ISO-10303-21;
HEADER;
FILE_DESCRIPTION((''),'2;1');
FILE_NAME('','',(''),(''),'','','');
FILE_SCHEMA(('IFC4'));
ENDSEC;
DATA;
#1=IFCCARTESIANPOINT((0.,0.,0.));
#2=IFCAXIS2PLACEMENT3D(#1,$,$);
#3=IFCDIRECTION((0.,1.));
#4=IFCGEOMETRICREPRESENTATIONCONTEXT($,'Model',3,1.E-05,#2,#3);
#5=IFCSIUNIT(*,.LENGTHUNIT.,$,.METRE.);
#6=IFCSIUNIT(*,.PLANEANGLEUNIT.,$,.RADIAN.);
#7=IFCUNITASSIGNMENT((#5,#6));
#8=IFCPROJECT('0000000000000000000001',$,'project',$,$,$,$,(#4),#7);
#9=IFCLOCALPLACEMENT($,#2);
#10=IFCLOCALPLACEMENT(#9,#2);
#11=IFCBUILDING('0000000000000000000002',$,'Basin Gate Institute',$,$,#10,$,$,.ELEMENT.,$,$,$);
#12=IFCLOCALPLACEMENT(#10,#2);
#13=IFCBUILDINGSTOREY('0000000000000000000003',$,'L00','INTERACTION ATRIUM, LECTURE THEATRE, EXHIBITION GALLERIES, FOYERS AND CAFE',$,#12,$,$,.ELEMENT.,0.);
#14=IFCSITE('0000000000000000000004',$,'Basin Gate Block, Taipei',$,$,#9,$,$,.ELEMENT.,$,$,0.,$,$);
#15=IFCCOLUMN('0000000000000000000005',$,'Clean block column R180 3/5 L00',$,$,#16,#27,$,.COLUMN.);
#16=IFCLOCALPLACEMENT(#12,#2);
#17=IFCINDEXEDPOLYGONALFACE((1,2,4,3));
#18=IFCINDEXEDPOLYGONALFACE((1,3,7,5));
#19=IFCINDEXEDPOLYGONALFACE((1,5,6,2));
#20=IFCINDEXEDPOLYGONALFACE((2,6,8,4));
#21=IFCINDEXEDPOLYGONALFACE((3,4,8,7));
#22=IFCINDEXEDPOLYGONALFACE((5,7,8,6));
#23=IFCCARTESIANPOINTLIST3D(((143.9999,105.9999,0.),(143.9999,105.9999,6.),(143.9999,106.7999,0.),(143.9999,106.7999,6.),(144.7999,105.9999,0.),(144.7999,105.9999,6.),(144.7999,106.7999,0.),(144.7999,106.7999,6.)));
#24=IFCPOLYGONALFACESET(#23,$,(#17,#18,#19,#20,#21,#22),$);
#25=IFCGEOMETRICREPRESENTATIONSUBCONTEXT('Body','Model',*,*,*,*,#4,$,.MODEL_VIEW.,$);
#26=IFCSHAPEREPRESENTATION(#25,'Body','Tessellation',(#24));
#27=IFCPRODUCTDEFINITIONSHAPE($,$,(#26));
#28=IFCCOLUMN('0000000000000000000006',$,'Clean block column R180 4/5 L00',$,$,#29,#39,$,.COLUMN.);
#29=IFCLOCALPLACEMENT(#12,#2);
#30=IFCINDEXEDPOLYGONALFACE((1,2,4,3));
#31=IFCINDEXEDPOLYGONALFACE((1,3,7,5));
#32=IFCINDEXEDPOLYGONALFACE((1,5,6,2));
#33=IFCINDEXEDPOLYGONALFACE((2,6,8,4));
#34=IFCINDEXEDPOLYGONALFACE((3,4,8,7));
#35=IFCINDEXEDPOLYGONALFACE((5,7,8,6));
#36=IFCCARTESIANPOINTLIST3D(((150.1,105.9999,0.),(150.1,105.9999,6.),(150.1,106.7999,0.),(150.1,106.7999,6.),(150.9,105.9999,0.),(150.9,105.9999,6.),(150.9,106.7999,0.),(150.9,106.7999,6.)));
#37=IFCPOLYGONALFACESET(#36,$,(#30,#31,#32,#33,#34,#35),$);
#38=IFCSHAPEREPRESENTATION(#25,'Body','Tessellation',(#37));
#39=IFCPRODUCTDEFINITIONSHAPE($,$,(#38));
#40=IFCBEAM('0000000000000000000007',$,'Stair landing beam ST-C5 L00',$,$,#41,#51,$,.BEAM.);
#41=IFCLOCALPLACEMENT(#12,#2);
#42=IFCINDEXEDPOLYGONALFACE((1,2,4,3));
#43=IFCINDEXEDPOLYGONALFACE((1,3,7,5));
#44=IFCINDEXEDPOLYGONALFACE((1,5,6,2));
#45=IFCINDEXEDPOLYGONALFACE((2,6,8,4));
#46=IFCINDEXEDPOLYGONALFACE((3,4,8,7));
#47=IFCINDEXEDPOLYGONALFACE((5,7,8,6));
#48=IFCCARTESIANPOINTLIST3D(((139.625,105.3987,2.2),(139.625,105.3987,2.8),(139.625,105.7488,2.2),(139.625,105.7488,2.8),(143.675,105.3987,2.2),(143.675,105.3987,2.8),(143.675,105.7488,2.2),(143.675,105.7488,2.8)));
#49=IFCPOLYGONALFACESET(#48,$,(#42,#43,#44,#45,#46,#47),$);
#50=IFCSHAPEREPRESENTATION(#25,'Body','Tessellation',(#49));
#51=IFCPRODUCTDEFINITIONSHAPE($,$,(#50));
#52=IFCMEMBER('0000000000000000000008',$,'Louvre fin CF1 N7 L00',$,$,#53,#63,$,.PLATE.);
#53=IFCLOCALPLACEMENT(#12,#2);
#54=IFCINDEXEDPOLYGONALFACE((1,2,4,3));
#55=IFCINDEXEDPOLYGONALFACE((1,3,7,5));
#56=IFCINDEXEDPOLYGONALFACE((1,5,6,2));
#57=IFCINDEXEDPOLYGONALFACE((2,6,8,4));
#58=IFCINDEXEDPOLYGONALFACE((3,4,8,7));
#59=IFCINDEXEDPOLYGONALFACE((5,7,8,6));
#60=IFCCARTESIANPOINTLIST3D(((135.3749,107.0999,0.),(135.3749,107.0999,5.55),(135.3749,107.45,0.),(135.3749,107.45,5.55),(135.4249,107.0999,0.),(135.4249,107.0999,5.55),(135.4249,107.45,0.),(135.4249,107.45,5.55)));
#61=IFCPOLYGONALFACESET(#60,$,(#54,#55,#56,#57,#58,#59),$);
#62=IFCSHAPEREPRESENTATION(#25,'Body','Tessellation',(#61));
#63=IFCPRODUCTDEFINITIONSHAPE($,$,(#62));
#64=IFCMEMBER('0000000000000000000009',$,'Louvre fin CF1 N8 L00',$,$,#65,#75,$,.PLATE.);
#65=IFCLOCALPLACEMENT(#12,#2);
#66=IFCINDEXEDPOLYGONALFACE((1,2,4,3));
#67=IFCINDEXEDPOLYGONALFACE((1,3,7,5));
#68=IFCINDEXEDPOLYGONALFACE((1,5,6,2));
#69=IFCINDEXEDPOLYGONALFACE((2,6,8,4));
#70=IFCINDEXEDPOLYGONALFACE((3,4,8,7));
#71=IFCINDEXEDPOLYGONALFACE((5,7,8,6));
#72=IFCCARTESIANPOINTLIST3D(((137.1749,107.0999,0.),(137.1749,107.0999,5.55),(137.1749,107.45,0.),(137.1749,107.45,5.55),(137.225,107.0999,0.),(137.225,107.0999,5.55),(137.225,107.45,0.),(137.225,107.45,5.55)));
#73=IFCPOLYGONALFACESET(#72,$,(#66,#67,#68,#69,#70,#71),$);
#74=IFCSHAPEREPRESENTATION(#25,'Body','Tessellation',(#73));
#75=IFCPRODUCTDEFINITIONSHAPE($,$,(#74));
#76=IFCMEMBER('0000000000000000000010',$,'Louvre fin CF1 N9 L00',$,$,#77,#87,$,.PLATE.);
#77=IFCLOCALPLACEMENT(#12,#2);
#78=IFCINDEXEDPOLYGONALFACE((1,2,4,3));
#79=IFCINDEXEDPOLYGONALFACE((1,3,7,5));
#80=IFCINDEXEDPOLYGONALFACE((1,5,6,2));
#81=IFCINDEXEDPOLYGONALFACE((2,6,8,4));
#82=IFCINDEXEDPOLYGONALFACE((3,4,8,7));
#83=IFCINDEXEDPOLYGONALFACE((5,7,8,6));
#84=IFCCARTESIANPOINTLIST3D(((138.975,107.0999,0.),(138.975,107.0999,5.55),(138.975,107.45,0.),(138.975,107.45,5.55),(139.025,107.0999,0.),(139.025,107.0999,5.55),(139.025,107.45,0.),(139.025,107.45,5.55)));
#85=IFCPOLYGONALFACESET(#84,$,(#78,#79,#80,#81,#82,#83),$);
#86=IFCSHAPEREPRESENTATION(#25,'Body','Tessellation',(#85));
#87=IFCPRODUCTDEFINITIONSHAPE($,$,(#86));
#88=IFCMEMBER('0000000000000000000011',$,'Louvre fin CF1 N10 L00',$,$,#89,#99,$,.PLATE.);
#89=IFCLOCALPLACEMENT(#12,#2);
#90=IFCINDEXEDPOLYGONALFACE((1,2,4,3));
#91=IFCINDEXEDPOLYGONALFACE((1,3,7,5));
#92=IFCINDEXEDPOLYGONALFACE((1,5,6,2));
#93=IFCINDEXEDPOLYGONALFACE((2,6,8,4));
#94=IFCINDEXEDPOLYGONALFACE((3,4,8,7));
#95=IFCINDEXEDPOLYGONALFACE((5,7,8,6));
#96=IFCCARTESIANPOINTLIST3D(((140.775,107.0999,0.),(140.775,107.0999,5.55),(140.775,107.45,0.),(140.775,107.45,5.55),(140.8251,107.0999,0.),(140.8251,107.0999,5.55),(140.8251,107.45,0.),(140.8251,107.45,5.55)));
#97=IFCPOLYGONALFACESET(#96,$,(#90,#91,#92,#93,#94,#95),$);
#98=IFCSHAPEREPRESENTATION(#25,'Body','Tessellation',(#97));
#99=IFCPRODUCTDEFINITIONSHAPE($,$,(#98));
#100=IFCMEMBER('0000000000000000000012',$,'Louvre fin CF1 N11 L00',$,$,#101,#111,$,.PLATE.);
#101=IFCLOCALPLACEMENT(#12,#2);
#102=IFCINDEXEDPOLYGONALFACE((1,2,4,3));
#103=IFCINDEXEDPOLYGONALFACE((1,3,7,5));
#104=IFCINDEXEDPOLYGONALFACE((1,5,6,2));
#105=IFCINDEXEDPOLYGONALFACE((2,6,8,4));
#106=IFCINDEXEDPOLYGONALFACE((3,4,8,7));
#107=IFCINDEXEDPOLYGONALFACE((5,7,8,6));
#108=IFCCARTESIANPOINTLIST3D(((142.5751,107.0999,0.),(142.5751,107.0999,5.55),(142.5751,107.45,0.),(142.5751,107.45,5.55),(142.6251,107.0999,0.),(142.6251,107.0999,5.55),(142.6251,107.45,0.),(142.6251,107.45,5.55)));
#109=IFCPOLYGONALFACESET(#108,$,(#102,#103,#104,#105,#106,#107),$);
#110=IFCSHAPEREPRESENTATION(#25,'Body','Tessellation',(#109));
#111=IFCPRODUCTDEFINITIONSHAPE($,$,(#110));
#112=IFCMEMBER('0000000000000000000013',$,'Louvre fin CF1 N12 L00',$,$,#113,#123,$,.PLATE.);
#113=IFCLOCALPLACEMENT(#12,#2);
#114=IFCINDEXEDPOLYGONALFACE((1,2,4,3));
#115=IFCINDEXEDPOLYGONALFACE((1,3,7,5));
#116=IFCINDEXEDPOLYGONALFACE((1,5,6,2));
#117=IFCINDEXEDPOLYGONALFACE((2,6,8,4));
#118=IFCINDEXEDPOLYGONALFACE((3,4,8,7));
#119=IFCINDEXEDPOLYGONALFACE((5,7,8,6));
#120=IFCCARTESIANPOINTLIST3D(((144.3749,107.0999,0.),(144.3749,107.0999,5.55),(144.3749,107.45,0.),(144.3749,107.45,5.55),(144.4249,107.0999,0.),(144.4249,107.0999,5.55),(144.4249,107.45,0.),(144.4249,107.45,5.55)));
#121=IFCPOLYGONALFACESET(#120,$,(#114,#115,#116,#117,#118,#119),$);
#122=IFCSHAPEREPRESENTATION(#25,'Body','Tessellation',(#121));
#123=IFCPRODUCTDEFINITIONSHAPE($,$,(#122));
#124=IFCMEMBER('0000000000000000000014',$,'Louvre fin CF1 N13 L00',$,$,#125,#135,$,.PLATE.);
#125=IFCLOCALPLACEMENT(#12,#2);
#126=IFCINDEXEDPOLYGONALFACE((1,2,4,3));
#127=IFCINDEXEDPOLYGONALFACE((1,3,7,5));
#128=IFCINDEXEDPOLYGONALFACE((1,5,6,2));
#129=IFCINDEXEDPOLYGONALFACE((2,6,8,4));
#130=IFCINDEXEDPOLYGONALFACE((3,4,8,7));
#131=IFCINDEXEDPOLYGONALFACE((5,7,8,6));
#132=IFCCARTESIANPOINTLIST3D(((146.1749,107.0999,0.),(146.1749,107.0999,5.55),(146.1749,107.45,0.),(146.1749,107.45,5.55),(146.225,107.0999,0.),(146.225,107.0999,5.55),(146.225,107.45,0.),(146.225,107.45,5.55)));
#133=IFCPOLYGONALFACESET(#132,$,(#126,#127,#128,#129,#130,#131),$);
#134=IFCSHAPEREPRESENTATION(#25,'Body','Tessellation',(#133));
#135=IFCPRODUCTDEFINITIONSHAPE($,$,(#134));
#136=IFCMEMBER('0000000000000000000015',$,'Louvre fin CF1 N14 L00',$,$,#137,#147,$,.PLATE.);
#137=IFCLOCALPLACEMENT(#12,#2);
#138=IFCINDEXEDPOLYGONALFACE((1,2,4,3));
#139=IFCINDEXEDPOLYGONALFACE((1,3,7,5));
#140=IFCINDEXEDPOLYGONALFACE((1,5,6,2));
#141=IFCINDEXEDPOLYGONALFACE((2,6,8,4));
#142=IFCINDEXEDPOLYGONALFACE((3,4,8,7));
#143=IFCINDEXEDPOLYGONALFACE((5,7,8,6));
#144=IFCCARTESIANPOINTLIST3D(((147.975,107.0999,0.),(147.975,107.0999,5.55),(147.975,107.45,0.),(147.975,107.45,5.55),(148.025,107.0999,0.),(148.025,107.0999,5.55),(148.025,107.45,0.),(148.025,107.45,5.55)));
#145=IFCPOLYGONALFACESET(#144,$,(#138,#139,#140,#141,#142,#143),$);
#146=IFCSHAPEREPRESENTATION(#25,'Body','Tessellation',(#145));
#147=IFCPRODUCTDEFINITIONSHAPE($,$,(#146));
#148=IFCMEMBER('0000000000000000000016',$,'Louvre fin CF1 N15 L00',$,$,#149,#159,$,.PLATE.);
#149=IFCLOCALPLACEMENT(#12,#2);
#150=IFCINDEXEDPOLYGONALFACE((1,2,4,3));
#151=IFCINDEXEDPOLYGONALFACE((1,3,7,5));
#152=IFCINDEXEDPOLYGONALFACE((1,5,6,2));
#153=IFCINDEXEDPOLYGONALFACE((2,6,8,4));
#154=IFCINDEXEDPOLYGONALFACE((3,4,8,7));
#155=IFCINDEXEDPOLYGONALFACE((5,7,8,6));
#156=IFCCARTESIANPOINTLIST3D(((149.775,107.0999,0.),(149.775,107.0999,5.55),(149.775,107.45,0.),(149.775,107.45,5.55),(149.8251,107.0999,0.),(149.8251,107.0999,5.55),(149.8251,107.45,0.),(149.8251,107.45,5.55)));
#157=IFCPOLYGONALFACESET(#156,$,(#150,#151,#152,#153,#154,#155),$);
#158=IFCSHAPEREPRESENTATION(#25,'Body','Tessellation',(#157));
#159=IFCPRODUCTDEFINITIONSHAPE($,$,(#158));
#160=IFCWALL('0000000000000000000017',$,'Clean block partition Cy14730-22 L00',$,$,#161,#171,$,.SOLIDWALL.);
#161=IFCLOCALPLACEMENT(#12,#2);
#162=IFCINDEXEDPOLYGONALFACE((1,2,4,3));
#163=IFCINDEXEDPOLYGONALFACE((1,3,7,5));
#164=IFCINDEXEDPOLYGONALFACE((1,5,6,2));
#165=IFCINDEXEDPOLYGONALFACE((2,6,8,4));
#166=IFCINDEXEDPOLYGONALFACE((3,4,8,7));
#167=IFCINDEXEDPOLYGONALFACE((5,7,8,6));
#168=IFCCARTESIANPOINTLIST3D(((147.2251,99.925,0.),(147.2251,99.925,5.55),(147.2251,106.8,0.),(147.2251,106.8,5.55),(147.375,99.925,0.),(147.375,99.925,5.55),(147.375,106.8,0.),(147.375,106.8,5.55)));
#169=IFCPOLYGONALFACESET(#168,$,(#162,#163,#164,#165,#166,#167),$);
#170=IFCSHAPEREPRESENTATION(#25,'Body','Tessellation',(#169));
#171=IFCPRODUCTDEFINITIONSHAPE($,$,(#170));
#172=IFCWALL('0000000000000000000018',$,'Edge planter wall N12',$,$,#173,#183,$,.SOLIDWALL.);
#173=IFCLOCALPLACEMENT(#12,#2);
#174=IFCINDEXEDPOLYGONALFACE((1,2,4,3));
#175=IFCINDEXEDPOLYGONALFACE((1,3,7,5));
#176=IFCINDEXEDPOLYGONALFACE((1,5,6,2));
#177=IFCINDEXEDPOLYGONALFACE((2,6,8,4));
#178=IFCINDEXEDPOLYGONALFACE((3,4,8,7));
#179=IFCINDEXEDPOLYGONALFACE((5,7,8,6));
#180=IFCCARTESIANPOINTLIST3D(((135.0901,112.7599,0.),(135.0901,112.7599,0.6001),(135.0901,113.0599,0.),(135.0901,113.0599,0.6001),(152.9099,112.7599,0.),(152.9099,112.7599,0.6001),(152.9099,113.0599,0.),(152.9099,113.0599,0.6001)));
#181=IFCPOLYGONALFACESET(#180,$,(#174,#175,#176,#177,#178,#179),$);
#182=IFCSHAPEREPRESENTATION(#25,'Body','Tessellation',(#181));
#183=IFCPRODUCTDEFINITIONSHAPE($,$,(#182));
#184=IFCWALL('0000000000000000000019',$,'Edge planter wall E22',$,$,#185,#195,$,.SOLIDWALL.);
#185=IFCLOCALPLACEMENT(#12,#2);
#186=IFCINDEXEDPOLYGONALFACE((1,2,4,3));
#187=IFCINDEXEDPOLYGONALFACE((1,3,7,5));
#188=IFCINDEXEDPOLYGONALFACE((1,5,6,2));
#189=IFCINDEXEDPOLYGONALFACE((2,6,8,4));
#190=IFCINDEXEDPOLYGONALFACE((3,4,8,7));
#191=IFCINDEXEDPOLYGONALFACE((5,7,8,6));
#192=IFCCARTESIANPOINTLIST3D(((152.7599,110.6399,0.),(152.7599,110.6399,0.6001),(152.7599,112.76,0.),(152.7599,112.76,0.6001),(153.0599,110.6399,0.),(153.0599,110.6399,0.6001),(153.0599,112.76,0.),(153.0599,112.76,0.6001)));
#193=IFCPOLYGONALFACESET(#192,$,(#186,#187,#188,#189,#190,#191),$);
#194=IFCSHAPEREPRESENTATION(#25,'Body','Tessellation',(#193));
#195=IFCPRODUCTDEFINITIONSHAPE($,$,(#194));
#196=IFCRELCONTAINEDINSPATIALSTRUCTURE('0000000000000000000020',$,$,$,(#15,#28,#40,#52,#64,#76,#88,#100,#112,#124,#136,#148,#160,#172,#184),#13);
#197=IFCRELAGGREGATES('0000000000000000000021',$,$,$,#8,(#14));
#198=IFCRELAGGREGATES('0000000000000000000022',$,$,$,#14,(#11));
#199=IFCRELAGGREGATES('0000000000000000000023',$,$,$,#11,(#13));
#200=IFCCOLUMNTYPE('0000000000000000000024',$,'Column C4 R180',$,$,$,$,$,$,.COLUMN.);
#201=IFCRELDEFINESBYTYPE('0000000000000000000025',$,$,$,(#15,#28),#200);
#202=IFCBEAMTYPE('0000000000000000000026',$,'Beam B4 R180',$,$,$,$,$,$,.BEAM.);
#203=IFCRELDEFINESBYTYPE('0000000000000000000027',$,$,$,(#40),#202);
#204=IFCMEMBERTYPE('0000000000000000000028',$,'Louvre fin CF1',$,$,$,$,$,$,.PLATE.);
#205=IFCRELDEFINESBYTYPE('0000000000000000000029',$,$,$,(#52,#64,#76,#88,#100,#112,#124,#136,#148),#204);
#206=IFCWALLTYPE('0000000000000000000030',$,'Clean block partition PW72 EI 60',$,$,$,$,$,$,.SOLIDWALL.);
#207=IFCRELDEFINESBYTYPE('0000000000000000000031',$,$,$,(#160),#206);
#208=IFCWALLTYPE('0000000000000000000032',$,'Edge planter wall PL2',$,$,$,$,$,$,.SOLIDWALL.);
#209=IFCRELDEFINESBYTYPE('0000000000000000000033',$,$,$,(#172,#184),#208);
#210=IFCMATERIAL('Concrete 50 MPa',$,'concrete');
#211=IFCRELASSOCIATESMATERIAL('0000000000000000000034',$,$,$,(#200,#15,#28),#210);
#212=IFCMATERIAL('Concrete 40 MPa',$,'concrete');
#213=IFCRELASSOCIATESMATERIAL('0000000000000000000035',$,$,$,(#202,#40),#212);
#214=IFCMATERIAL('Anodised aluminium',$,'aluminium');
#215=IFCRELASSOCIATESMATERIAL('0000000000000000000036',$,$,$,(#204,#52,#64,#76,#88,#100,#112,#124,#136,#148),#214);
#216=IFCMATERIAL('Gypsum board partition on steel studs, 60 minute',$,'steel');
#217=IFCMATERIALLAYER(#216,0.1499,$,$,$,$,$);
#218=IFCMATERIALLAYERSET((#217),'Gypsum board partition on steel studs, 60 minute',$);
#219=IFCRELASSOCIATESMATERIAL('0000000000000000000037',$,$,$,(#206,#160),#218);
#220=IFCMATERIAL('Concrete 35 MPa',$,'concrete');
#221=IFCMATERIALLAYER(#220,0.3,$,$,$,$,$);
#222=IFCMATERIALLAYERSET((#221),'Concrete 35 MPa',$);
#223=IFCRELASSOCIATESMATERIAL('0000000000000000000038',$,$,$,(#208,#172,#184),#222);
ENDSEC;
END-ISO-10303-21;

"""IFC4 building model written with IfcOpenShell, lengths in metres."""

from ifc_helpers import new_model, si_unit, direction, frame, frame_2d, origin, origin_2d, place, context, subcontext, project, spatial, rectangle, extrude, material, layer, layer_set, material_profile, profile_set, type_object, element, save


model = new_model("IFC4")

# Units and contexts
model_context = context("Model", 3, precision=1e-05, world=origin(), true_north=direction((0.0, 1.0)))
body_context = subcontext(model_context, "Body", "Model", "MODEL_VIEW")
ifc_project = project(units=[si_unit("LENGTHUNIT", "METRE"), si_unit("PLANEANGLEUNIT", "RADIAN")], contexts=[model_context])

# Site, building, storey
site_placement = place(None, origin())
site = spatial("IfcSite", under=ifc_project, at=site_placement, Name="Basin Gate Block, Taipei", CompositionType="ELEMENT", RefElevation=0.0)
building_placement = place(site_placement, origin())
building = spatial("IfcBuilding", under=site, at=building_placement, Name="Basin Gate Institute", CompositionType="ELEMENT")
storey_placement = place(building_placement, origin())
storey = spatial("IfcBuildingStorey", under=building, at=storey_placement, Name="L00", Description="INTERACTION ATRIUM, LECTURE THEATRE, EXHIBITION GALLERIES, FOYERS AND CAFE", CompositionType="ELEMENT", Elevation=0.0)

# Columns
ifc_material_1 = material(Name="Concrete 50 MPa", Category="concrete")
ifc_material_profile_1 = material_profile(ifc_material_1, rectangle(XDim=0.8, YDim=0.8, at=origin_2d()), Name="Column C4 800 x 800")
ifc_profile_set_1 = profile_set([ifc_material_profile_1], Name="Concrete 50 MPa")
column_type = type_object("IfcColumnType", Name="Column C4 R180", PredefinedType="COLUMN", material=ifc_profile_set_1)
for number, where, z_axis, x_axis, name in (
    (1, (144.3999, 106.3999, 0.0), (0.0, 0.0, 1.0), (1.0, 0.0, 0.0), "Clean block column R180 3/5 L00"),
    (2, (150.5, 106.3999, 0.0), (0.0, 0.0, 1.0), (1.0, 0.0, 0.0), "Clean block column R180 4/5 L00"),
):
    element("IfcColumn", number, at=place(storey_placement, frame(where, z_axis=z_axis, x_axis=x_axis)), inside=storey, type_object=column_type, material=ifc_profile_set_1, Name=name, PredefinedType="COLUMN", context=body_context, shape_type="SweptSolid", body=[
        extrude(rectangle(XDim=0.8, YDim=0.8, at=origin_2d()), origin(), (0.0, 0.0, 1.0), 6.0),
    ])

# Beam
ifc_material_2 = material(Name="Concrete 40 MPa", Category="concrete")
ifc_material_profile_2 = material_profile(ifc_material_2, rectangle(XDim=0.3501, YDim=0.6001, at=origin_2d()), Name="Beam B4 350 x 600")
ifc_profile_set_2 = profile_set([ifc_material_profile_2], Name="Concrete 40 MPa")
beam_type = type_object("IfcBeamType", Name="Beam B4 R180", PredefinedType="BEAM", material=ifc_profile_set_2)
beam_placement = place(storey_placement, frame((139.625, 105.5737, 2.5), z_axis=(1.0, 0.0, 0.0), x_axis=(0.0, 1.0, 0.0)))
element("IfcBeam", 3, at=beam_placement, inside=storey, type_object=beam_type, material=ifc_profile_set_2, Name="Stair landing beam ST-C5 L00", PredefinedType="BEAM", context=body_context, shape_type="SweptSolid", body=[
    extrude(rectangle(XDim=0.3501, YDim=0.6001, at=origin_2d()), origin(), (0.0, 0.0, 1.0), 4.05),
])

# Members
ifc_material_3 = material(Name="Anodised aluminium", Category="aluminium")
ifc_material_profile_3 = material_profile(ifc_material_3, rectangle(XDim=0.05, YDim=0.3501, at=origin_2d()), Name="Louvre fin CF1 50 x 350")
ifc_profile_set_3 = profile_set([ifc_material_profile_3], Name="Anodised aluminium")
member_type = type_object("IfcMemberType", Name="Louvre fin CF1", PredefinedType="PLATE", material=ifc_profile_set_3)
for number, where, z_axis, x_axis, name in (
    (4, (135.3999, 107.2749, 0.0), (0.0, 0.0, 1.0), (1.0, 0.0, 0.0), "Louvre fin CF1 N7 L00"),
    (5, (137.2, 107.2749, 0.0), (0.0, 0.0, 1.0), (1.0, 0.0, 0.0), "Louvre fin CF1 N8 L00"),
    (6, (139.0, 107.2749, 0.0), (0.0, 0.0, 1.0), (1.0, 0.0, 0.0), "Louvre fin CF1 N9 L00"),
    (7, (140.8, 107.2749, 0.0), (0.0, 0.0, 1.0), (1.0, 0.0, 0.0), "Louvre fin CF1 N10 L00"),
    (8, (142.6001, 107.2749, 0.0), (0.0, 0.0, 1.0), (1.0, 0.0, 0.0), "Louvre fin CF1 N11 L00"),
    (9, (144.3999, 107.2749, 0.0), (0.0, 0.0, 1.0), (1.0, 0.0, 0.0), "Louvre fin CF1 N12 L00"),
    (10, (146.2, 107.2749, 0.0), (0.0, 0.0, 1.0), (1.0, 0.0, 0.0), "Louvre fin CF1 N13 L00"),
    (11, (148.0, 107.2749, 0.0), (0.0, 0.0, 1.0), (1.0, 0.0, 0.0), "Louvre fin CF1 N14 L00"),
    (12, (149.8, 107.2749, 0.0), (0.0, 0.0, 1.0), (1.0, 0.0, 0.0), "Louvre fin CF1 N15 L00"),
):
    element("IfcMember", number, at=place(storey_placement, frame(where, z_axis=z_axis, x_axis=x_axis)), inside=storey, type_object=member_type, material=ifc_profile_set_3, Name=name, PredefinedType="PLATE", context=body_context, shape_type="SweptSolid", body=[
        extrude(rectangle(XDim=0.05, YDim=0.3501, at=origin_2d()), origin(), (0.0, 0.0, 1.0), 5.55),
    ])

# Walls
ifc_material_4 = material(Name="Gypsum board partition on steel studs, 60 minute", Category="steel")
ifc_layer_1 = layer(ifc_material_4, 0.1499)
ifc_layer_set_1 = layer_set([ifc_layer_1], Name="Gypsum board partition on steel studs, 60 minute")
wall_type_1 = type_object("IfcWallType", Name="Clean block partition PW72 EI 60", PredefinedType="SOLIDWALL", material=ifc_layer_set_1)
wall_1_placement = place(storey_placement, frame((147.3, 99.925, 0.0), z_axis=(0.0, 0.0, 1.0), x_axis=(0.0, 1.0, 0.0)))
element("IfcWall", 13, at=wall_1_placement, inside=storey, type_object=wall_type_1, material=ifc_layer_set_1, Name="Clean block partition Cy14730-22 L00", PredefinedType="SOLIDWALL", context=body_context, shape_type="SweptSolid", body=[
    extrude(rectangle(XDim=6.875, YDim=0.1499, at=frame_2d((3.4375, 0.0))), origin(), (0.0, 0.0, 1.0), 5.55),
])
ifc_material_5 = material(Name="Concrete 35 MPa", Category="concrete")
ifc_layer_2 = layer(ifc_material_5, 0.3)
ifc_layer_set_2 = layer_set([ifc_layer_2], Name="Concrete 35 MPa")
wall_type_2 = type_object("IfcWallType", Name="Edge planter wall PL2", PredefinedType="SOLIDWALL", material=ifc_layer_set_2)
wall_2_placement = place(storey_placement, frame((135.0901, 112.9099, 0.0), z_axis=(0.0, 0.0, 1.0), x_axis=(1.0, 0.0, 0.0)))
element("IfcWall", 14, at=wall_2_placement, inside=storey, type_object=wall_type_2, material=ifc_layer_set_2, Name="Edge planter wall N12", PredefinedType="SOLIDWALL", context=body_context, shape_type="SweptSolid", body=[
    extrude(rectangle(XDim=17.8198, YDim=0.3, at=frame_2d((8.9099, 0.0))), origin(), (0.0, 0.0, 1.0), 0.6001),
])
wall_3_placement = place(storey_placement, frame((152.9099, 110.6399, 0.0), z_axis=(0.0, 0.0, 1.0), x_axis=(0.0, 1.0, 0.0)))
element("IfcWall", 15, at=wall_3_placement, inside=storey, type_object=wall_type_2, material=ifc_layer_set_2, Name="Edge planter wall E22", PredefinedType="SOLIDWALL", context=body_context, shape_type="SweptSolid", body=[
    extrude(rectangle(XDim=2.1201, YDim=0.3, at=frame_2d((1.0601, 0.0))), origin(), (0.0, 0.0, 1.0), 0.6001),
])

save(model, "model.ifc")
